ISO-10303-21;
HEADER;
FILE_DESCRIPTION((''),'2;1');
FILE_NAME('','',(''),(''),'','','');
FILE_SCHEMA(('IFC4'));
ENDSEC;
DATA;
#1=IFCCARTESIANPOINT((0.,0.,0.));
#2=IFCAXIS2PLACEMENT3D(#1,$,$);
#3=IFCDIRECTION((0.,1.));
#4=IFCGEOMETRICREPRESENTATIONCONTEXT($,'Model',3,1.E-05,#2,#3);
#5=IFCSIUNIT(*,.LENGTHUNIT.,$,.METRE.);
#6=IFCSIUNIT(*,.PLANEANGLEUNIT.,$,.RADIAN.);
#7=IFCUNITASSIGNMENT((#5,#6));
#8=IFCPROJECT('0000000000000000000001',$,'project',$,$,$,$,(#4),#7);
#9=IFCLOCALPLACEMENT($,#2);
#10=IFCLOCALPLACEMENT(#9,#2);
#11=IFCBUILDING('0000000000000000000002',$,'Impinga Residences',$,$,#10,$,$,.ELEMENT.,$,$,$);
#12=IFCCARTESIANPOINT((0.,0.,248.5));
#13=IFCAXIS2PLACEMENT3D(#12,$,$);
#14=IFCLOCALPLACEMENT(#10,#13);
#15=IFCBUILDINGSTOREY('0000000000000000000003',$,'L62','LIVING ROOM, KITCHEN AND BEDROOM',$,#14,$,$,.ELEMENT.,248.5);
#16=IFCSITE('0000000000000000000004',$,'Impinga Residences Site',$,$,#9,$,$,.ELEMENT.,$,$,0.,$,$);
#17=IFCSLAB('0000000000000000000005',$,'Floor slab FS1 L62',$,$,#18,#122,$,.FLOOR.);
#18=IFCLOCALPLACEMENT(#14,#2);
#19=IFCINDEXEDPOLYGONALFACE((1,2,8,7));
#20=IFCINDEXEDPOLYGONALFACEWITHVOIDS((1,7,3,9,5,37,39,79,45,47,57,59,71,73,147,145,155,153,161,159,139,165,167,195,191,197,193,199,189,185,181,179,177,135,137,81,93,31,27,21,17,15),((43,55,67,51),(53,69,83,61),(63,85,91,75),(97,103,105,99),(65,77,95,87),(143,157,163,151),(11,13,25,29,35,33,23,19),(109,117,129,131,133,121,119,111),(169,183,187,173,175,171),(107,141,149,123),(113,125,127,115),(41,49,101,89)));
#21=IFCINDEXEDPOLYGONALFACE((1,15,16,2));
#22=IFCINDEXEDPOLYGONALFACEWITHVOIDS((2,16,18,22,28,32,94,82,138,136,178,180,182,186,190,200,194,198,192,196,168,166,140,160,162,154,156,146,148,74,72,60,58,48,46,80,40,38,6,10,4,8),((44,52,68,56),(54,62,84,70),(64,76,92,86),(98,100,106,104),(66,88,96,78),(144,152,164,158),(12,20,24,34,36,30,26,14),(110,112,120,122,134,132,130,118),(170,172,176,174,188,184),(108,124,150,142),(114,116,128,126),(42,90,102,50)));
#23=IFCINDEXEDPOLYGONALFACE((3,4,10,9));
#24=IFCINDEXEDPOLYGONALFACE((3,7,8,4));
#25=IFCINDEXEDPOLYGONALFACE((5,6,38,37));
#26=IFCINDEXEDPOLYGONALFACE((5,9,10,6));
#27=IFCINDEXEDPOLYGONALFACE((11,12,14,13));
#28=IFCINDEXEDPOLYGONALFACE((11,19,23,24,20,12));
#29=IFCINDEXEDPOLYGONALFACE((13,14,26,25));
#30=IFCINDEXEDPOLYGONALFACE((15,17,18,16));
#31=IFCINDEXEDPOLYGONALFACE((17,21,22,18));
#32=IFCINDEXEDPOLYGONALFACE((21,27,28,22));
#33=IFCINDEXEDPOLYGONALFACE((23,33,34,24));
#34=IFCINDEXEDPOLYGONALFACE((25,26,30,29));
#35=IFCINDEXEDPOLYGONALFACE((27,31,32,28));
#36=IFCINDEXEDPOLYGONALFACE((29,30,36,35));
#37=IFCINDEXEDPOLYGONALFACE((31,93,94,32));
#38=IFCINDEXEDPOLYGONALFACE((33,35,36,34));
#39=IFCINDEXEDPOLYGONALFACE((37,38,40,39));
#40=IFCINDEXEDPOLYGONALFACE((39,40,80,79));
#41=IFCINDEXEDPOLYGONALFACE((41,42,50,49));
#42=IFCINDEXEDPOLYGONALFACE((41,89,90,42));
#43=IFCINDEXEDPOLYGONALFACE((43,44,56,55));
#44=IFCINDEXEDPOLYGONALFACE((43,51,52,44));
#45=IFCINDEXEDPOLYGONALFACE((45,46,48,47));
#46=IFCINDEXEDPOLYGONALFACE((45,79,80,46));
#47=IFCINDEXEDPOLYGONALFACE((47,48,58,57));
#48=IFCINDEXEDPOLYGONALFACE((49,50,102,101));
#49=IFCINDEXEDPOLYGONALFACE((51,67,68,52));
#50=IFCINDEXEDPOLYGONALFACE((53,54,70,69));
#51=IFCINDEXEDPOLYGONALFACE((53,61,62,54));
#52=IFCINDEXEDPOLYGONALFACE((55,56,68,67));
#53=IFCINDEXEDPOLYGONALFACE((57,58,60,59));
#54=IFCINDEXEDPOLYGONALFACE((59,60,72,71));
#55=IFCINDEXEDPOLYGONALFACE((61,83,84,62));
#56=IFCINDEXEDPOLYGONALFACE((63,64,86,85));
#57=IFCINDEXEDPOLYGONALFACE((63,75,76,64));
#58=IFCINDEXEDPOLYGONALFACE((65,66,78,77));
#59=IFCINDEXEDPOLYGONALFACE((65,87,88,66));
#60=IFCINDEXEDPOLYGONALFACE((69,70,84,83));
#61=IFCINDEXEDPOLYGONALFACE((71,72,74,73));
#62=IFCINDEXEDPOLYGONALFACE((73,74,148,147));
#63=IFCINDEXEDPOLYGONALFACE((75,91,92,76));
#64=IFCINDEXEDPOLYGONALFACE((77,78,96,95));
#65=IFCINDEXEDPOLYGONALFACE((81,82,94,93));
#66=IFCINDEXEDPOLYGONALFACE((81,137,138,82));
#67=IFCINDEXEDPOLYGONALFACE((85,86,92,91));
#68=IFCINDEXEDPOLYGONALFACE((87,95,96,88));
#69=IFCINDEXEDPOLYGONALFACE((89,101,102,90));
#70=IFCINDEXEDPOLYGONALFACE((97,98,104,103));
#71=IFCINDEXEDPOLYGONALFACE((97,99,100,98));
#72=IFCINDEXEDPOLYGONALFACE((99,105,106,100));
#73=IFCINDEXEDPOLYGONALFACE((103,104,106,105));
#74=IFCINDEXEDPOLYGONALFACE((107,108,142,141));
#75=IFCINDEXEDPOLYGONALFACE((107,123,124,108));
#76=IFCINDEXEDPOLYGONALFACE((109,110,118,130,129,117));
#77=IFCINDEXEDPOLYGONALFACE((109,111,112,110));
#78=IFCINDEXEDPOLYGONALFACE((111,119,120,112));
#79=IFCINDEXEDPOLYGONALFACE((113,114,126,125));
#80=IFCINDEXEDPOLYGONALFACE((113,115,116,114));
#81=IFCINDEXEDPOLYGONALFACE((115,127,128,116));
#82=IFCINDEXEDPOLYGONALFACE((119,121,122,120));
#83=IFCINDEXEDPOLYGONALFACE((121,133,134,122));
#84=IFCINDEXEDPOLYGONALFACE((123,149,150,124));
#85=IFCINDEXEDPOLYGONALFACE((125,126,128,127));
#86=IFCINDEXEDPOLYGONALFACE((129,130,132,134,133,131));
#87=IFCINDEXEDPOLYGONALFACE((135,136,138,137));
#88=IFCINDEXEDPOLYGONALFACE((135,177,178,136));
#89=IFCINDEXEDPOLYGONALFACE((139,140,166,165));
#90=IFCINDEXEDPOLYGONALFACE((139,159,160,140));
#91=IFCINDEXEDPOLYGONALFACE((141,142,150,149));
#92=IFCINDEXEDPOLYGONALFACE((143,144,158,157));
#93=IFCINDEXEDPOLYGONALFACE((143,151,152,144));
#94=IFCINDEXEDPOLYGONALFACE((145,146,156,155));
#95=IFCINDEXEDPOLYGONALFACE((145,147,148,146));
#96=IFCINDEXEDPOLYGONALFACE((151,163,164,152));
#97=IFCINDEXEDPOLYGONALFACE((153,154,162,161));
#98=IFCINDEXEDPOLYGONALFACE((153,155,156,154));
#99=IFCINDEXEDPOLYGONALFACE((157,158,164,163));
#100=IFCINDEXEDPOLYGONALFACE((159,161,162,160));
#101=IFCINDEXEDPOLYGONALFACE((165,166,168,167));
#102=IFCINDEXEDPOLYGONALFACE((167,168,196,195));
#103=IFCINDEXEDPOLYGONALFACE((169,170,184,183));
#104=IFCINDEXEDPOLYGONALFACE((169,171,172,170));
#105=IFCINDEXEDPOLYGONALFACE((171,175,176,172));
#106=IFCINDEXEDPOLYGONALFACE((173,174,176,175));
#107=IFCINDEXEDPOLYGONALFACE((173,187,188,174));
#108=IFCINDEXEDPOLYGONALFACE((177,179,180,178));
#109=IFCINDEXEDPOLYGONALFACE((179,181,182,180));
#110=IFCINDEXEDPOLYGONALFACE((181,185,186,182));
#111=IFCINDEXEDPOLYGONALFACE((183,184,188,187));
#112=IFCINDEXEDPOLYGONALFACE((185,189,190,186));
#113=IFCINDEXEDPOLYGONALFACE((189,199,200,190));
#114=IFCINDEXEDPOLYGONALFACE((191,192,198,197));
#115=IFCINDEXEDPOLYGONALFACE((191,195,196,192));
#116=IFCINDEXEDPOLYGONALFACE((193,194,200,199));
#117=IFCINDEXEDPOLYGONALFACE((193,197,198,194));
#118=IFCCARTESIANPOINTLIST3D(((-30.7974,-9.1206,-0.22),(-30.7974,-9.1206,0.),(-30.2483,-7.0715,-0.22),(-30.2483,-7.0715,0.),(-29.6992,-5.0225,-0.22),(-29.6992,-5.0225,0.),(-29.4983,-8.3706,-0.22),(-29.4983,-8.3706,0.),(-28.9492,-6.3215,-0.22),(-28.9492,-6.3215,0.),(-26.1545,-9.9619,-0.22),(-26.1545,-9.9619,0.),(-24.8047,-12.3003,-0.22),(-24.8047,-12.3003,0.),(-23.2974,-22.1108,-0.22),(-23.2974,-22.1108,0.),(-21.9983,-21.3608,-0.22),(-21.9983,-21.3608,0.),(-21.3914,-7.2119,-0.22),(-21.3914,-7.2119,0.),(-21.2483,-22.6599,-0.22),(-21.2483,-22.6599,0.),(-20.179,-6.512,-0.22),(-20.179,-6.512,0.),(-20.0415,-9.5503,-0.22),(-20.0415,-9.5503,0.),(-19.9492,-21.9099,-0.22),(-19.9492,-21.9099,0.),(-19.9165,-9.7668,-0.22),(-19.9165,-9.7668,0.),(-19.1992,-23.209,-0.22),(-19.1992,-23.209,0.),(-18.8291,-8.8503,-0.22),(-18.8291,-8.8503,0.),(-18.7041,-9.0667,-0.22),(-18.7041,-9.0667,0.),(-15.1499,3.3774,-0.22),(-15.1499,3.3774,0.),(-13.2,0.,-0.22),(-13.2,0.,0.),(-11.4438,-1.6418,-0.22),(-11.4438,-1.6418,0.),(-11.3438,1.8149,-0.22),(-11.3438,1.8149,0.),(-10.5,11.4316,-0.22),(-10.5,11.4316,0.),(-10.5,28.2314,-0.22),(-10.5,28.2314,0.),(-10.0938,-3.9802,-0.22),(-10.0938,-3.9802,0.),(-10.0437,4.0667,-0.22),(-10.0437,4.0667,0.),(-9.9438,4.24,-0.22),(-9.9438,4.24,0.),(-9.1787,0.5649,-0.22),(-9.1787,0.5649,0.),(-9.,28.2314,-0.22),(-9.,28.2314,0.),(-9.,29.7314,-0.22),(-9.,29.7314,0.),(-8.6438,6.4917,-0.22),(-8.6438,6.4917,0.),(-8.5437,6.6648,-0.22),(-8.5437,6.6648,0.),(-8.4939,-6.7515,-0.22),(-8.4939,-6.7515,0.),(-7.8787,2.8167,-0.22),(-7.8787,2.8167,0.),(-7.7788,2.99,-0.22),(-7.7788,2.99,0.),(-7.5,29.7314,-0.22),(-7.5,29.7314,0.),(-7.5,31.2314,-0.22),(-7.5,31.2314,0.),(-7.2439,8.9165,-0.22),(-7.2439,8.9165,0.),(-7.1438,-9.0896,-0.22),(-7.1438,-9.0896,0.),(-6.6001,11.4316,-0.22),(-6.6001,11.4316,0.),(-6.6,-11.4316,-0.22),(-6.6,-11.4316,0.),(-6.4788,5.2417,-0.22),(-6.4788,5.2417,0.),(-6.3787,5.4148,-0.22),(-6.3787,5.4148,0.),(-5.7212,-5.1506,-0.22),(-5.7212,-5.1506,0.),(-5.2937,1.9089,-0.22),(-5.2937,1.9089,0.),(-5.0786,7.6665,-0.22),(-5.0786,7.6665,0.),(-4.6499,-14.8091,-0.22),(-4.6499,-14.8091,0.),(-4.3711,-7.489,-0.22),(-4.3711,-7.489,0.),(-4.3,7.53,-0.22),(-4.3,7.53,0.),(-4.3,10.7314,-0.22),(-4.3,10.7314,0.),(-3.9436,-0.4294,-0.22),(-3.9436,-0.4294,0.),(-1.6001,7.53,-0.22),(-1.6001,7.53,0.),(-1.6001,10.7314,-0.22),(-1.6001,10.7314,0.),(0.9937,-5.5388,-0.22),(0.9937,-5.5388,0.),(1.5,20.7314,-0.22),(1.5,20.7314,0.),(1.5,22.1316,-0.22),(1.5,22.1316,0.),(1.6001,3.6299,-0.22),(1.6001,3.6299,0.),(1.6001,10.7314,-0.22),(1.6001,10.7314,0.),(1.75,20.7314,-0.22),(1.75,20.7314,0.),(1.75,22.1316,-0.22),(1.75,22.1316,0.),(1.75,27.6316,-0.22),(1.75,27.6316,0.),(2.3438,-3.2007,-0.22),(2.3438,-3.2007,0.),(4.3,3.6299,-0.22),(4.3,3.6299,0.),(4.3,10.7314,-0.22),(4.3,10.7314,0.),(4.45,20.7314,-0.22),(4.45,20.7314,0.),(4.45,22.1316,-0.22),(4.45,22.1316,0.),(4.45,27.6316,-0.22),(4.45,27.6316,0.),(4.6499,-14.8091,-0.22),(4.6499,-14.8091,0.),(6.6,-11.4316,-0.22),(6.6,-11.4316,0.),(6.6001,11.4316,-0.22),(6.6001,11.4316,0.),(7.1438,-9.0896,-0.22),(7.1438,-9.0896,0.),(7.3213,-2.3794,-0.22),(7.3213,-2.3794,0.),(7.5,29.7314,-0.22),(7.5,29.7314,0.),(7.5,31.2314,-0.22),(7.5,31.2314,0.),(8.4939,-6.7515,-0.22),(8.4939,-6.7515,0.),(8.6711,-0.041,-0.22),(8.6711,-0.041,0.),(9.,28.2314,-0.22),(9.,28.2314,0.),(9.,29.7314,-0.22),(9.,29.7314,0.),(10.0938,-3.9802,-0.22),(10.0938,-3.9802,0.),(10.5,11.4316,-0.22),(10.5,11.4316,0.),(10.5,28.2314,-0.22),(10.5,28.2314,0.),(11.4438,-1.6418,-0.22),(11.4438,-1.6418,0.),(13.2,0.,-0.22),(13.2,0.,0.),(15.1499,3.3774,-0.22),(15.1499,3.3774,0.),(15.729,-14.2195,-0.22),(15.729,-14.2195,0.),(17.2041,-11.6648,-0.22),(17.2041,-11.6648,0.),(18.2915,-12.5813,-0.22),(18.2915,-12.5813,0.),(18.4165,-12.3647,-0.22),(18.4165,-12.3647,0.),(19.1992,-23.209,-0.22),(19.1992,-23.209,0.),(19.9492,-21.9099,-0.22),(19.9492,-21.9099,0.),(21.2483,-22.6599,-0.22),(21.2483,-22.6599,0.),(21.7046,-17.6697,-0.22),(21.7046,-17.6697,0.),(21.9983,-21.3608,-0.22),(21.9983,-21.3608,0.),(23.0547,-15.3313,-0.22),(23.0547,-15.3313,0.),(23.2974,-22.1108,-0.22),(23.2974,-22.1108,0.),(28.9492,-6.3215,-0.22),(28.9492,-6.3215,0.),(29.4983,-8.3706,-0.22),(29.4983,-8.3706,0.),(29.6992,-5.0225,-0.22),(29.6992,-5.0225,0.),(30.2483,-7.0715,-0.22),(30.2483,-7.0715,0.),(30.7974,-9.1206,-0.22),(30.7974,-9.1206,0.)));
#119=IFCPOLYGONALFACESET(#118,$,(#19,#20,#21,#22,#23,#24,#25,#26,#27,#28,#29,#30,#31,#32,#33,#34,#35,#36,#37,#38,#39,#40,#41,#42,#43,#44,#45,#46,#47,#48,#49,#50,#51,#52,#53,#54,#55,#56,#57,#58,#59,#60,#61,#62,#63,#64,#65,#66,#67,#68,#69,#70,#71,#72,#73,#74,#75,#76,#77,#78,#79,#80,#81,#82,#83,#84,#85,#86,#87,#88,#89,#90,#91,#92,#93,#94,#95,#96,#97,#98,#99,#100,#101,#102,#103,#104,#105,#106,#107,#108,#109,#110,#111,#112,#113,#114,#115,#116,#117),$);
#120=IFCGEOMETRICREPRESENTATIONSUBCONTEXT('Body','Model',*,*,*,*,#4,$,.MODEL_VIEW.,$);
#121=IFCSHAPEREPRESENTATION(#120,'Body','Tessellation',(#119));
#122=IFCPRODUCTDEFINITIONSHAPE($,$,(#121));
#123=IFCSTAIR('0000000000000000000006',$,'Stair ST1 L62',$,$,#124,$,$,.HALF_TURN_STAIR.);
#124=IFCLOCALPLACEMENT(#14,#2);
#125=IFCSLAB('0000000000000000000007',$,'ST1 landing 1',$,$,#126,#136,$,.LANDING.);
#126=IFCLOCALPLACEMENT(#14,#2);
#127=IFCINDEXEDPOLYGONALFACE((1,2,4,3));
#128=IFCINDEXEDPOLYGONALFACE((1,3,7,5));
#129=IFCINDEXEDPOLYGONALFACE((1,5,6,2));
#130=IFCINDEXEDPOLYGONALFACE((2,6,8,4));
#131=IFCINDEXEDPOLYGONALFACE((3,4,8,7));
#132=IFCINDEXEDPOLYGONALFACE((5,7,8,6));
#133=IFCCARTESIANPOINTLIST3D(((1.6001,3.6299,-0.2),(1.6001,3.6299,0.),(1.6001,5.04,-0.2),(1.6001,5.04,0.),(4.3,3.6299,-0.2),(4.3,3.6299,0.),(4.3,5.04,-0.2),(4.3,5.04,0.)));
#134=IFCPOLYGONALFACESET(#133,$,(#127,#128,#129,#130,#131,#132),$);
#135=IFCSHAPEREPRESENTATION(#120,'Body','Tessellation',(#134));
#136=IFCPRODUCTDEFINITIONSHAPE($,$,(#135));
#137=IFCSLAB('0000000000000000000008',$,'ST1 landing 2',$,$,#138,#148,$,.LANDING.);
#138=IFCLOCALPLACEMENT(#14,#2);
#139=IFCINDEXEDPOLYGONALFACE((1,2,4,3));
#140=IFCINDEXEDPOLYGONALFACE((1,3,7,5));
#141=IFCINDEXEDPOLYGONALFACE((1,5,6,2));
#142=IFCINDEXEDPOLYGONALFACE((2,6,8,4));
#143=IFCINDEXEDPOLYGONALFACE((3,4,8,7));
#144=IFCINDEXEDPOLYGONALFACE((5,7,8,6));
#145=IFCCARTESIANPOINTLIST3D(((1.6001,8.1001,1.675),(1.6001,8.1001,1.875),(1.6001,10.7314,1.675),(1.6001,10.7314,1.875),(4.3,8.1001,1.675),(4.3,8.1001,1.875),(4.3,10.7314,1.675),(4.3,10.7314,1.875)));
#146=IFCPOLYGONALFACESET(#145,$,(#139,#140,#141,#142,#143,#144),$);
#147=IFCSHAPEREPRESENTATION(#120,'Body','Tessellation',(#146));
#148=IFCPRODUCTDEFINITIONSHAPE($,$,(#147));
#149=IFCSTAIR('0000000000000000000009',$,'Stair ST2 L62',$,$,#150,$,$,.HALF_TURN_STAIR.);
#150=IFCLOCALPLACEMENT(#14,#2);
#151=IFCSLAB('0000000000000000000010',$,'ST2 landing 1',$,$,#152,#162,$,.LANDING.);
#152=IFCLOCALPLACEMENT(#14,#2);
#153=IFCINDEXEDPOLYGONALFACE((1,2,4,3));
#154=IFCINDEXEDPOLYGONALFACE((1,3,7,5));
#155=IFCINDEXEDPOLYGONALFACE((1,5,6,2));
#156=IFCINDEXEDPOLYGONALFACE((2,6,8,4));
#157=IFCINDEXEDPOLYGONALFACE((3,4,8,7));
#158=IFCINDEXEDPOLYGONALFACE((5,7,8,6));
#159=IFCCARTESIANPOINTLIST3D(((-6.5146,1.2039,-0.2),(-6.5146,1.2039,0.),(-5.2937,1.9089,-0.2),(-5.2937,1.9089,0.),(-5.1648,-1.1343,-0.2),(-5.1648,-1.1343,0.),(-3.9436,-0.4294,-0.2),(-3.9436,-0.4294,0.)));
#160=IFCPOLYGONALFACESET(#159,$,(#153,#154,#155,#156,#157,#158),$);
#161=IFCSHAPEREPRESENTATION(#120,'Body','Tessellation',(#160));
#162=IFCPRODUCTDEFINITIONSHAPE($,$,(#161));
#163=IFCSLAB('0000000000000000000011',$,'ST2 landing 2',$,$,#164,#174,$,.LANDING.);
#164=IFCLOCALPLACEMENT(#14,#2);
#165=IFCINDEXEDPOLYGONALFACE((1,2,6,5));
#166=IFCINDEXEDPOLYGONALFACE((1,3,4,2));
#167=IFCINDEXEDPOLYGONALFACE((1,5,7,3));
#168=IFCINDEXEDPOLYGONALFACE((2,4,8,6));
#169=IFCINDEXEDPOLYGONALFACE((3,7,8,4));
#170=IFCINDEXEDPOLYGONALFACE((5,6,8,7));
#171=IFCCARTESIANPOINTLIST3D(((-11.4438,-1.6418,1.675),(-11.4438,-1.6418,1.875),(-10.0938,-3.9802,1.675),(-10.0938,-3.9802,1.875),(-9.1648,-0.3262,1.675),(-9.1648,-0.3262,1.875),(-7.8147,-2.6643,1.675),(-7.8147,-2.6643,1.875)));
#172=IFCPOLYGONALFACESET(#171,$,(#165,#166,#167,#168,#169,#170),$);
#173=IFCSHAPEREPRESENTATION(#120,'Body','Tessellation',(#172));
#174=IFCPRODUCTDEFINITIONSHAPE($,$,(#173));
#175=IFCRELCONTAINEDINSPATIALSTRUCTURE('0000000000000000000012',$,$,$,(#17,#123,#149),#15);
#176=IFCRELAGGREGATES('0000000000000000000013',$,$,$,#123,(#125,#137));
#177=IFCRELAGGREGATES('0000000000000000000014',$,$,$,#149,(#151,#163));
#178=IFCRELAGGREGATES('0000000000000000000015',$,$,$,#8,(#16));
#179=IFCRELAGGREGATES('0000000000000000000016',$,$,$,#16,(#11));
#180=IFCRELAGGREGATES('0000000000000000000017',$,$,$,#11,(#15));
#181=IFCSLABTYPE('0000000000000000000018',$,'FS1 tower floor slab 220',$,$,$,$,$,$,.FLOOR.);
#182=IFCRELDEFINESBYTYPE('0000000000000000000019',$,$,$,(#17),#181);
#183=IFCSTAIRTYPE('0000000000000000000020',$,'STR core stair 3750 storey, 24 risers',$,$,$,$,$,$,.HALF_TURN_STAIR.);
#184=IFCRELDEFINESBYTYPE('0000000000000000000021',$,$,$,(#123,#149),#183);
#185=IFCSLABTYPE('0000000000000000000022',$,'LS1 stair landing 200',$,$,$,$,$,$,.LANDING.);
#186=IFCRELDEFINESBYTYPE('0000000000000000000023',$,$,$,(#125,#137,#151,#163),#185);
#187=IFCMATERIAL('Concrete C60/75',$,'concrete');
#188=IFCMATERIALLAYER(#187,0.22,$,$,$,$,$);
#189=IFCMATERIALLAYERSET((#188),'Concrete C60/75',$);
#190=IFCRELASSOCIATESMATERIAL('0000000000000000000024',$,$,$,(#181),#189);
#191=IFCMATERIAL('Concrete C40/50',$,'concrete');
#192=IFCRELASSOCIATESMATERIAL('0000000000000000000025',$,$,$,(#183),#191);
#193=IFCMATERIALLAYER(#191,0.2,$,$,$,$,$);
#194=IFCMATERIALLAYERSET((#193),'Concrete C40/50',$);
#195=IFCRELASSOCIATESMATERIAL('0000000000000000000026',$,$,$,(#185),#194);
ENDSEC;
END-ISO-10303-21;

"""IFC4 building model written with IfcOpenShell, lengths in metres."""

from ifc_helpers import new_model, si_unit, direction, frame, origin, place, context, subcontext, project, spatial, polyline, outline, extrude, material, layer, layer_set, type_object, element, aggregate, save


model = new_model("IFC4")

# Units and contexts
model_context = context("Model", 3, precision=1e-05, world=origin(), true_north=direction((0.0, 1.0)))
body_context = subcontext(model_context, "Body", "Model", "MODEL_VIEW")
ifc_project = project(units=[si_unit("LENGTHUNIT", "METRE"), si_unit("PLANEANGLEUNIT", "RADIAN")], contexts=[model_context])

# Site, building, storey
site_placement = place(None, origin())
site = spatial("IfcSite", under=ifc_project, at=site_placement, Name="Impinga Residences Site", CompositionType="ELEMENT", RefElevation=0.0)
building_placement = place(site_placement, origin())
building = spatial("IfcBuilding", under=site, at=building_placement, Name="Impinga Residences", CompositionType="ELEMENT")
storey_placement = place(building_placement, frame((0.0, 0.0, 248.5)))
storey = spatial("IfcBuildingStorey", under=building, at=storey_placement, Name="L62", Description="LIVING ROOM, KITCHEN AND BEDROOM", CompositionType="ELEMENT", Elevation=248.5)

# Slab
ifc_material_1 = material(Name="Concrete C60/75", Category="concrete")
ifc_layer_1 = layer(ifc_material_1, 0.22)
ifc_layer_set_1 = layer_set([ifc_layer_1], Name="Concrete C60/75")
slab_type_1 = type_object("IfcSlabType", Name="FS1 tower floor slab 220", PredefinedType="FLOOR", material=ifc_layer_set_1)
slab_1_placement = place(storey_placement, frame((0.0, 0.0, -0.22)))
element("IfcSlab", 1, at=slab_1_placement, inside=storey, type_object=slab_type_1, Name="Floor slab FS1 L62", PredefinedType="FLOOR", context=body_context, shape_type="SweptSolid", body=[
    extrude(outline(polyline([(-19.9492, -21.9099), (-21.2483, -22.6599), (-21.9983, -21.3608), (-23.2974, -22.1108), (-30.7974, -9.1206), (-29.4983, -8.3706), (-30.2483, -7.0715), (-28.9492, -6.3215), (-29.6992, -5.0225), (-15.1499, 3.3774), (-13.2, 0.0), (-6.6001, 11.4316), (-10.5, 11.4316), (-10.5, 28.2314), (-9.0, 28.2314), (-9.0, 29.7314), (-7.5, 29.7314), (-7.5, 31.2314), (7.5, 31.2314), (7.5, 29.7314), (9.0, 29.7314), (9.0, 28.2314), (10.5, 28.2314), (10.5, 11.4316), (6.6001, 11.4316), (13.2, 0.0), (15.1499, 3.3774), (29.6992, -5.0225), (28.9492, -6.3215), (30.2483, -7.0715), (29.4983, -8.3706), (30.7974, -9.1206), (23.2974, -22.1108), (21.9983, -21.3608), (21.2483, -22.6599), (19.9492, -21.9099), (19.1992, -23.209), (4.6499, -14.8091), (9.9001, -5.7158), (6.6001, -11.4316), (-6.6001, -11.4316), (-9.9001, -5.7158), (-4.6499, -14.8091), (-19.1992, -23.209), (-19.9492, -21.9099)]), holes=[polyline([(-18.7041, -9.0667), (-18.8291, -8.8503), (-18.8291, -8.8503), (-20.179, -6.512), (-21.3914, -7.2119), (-21.3914, -7.2119), (-26.1545, -9.9619), (-24.8047, -12.3003), (-20.0415, -9.5503), (-19.9165, -9.7668), (-18.7041, -9.0667)]), polyline([(-5.7212, -5.1506), (-8.4939, -6.7515), (-7.1438, -9.0896), (-4.3711, -7.489), (-5.7212, -5.1506)]), polyline([(-5.2937, 1.9089), (-11.4438, -1.6418), (-10.0938, -3.9802), (-3.9436, -0.4294), (-5.2937, 1.9089)]), polyline([(-7.8787, 2.8167), (-10.0437, 4.0667), (-11.3438, 1.8149), (-9.1787, 0.5649), (-7.8787, 2.8167)]), polyline([(-6.4788, 5.2417), (-8.6438, 6.4917), (-9.9438, 4.24), (-7.7788, 2.99), (-6.4788, 5.2417)]), polyline([(-6.3787, 5.4148), (-5.0786, 7.6665), (-7.2439, 8.9165), (-8.5437, 6.6648), (-6.3787, 5.4148)]), polyline([(-4.3, 7.53), (-1.6001, 7.53), (-1.6001, 10.7314), (-4.3, 10.7314), (-4.3, 7.53)]), polyline([(15.729, -14.2195), (21.7046, -17.6697), (23.0547, -15.3313), (18.2915, -12.5813), (18.4165, -12.3647), (17.2041, -11.6648), (15.729, -14.2195)]), polyline([(0.9937, -5.5388), (7.1438, -9.0896), (8.4939, -6.7515), (2.3438, -3.2007), (0.9937, -5.5388)]), polyline([(7.3213, -2.3794), (10.0938, -3.9802), (11.4438, -1.6418), (8.6711, -0.041), (7.3213, -2.3794)]), polyline([(4.3, 3.6299), (4.3, 10.7314), (1.6001, 10.7314), (1.6001, 3.6299), (4.3, 3.6299)]), polyline([(1.75, 22.1316), (1.5, 22.1316), (1.5, 20.7314), (1.75, 20.7314), (4.45, 20.7314), (4.45, 22.1316), (4.45, 27.6316), (1.75, 27.6316), (1.75, 22.1316)])]), origin(), (0.0, 0.0, 1.0), 0.22),
])

# Stairs, slabs
ifc_material_2 = material(Name="Concrete C40/50", Category="concrete")
stair_type_1 = type_object("IfcStairType", Name="STR core stair 3750 storey, 24 risers", PredefinedType="HALF_TURN_STAIR", material=ifc_material_2)
stair_1_placement = place(storey_placement, origin())
stair_1 = element("IfcStair", 2, at=stair_1_placement, inside=storey, type_object=stair_type_1, Name="Stair ST1 L62", PredefinedType="HALF_TURN_STAIR")
ifc_layer_2 = layer(ifc_material_2, 0.2)
ifc_layer_set_2 = layer_set([ifc_layer_2], Name="Concrete C40/50")
slab_type_2 = type_object("IfcSlabType", Name="LS1 stair landing 200", PredefinedType="LANDING", material=ifc_layer_set_2)
slab_2_placement = place(storey_placement, frame((0.0, 0.0, -0.2)))
slab_2 = element("IfcSlab", 3, at=slab_2_placement, type_object=slab_type_2, Name="ST1 landing 1", PredefinedType="LANDING", context=body_context, shape_type="SweptSolid", body=[
    extrude(outline(polyline([(1.6001, 3.6299), (4.3, 3.6299), (4.3, 5.04), (1.6001, 5.04), (1.6001, 3.6299)])), origin(), (0.0, 0.0, 1.0), 0.2),
])
slab_3_placement = place(storey_placement, frame((0.0, 0.0, 1.675)))
slab_3 = element("IfcSlab", 4, at=slab_3_placement, type_object=slab_type_2, Name="ST1 landing 2", PredefinedType="LANDING", context=body_context, shape_type="SweptSolid", body=[
    extrude(outline(polyline([(1.6001, 8.1001), (4.3, 8.1001), (4.3, 10.7314), (1.6001, 10.7314), (1.6001, 8.1001)])), origin(), (0.0, 0.0, 1.0), 0.2),
])
aggregate(stair_1, [slab_2, slab_3])
stair_2_placement = place(storey_placement, origin())
stair_2 = element("IfcStair", 5, at=stair_2_placement, inside=storey, type_object=stair_type_1, Name="Stair ST2 L62", PredefinedType="HALF_TURN_STAIR")
slab_4_placement = place(storey_placement, frame((0.0, 0.0, -0.2)))
slab_4 = element("IfcSlab", 6, at=slab_4_placement, type_object=slab_type_2, Name="ST2 landing 1", PredefinedType="LANDING", context=body_context, shape_type="SweptSolid", body=[
    extrude(outline(polyline([(-3.9436, -0.4294), (-5.2937, 1.9089), (-6.5146, 1.2039), (-5.1648, -1.1343), (-3.9436, -0.4294)])), origin(), (0.0, 0.0, 1.0), 0.2),
])
slab_5_placement = place(storey_placement, frame((0.0, 0.0, 1.675)))
slab_5 = element("IfcSlab", 7, at=slab_5_placement, type_object=slab_type_2, Name="ST2 landing 2", PredefinedType="LANDING", context=body_context, shape_type="SweptSolid", body=[
    extrude(outline(polyline([(-7.8147, -2.6643), (-9.1648, -0.3262), (-11.4438, -1.6418), (-10.0938, -3.9802), (-7.8147, -2.6643)])), origin(), (0.0, 0.0, 1.0), 0.2),
])
aggregate(stair_2, [slab_4, slab_5])

save(model, "model.ifc")
